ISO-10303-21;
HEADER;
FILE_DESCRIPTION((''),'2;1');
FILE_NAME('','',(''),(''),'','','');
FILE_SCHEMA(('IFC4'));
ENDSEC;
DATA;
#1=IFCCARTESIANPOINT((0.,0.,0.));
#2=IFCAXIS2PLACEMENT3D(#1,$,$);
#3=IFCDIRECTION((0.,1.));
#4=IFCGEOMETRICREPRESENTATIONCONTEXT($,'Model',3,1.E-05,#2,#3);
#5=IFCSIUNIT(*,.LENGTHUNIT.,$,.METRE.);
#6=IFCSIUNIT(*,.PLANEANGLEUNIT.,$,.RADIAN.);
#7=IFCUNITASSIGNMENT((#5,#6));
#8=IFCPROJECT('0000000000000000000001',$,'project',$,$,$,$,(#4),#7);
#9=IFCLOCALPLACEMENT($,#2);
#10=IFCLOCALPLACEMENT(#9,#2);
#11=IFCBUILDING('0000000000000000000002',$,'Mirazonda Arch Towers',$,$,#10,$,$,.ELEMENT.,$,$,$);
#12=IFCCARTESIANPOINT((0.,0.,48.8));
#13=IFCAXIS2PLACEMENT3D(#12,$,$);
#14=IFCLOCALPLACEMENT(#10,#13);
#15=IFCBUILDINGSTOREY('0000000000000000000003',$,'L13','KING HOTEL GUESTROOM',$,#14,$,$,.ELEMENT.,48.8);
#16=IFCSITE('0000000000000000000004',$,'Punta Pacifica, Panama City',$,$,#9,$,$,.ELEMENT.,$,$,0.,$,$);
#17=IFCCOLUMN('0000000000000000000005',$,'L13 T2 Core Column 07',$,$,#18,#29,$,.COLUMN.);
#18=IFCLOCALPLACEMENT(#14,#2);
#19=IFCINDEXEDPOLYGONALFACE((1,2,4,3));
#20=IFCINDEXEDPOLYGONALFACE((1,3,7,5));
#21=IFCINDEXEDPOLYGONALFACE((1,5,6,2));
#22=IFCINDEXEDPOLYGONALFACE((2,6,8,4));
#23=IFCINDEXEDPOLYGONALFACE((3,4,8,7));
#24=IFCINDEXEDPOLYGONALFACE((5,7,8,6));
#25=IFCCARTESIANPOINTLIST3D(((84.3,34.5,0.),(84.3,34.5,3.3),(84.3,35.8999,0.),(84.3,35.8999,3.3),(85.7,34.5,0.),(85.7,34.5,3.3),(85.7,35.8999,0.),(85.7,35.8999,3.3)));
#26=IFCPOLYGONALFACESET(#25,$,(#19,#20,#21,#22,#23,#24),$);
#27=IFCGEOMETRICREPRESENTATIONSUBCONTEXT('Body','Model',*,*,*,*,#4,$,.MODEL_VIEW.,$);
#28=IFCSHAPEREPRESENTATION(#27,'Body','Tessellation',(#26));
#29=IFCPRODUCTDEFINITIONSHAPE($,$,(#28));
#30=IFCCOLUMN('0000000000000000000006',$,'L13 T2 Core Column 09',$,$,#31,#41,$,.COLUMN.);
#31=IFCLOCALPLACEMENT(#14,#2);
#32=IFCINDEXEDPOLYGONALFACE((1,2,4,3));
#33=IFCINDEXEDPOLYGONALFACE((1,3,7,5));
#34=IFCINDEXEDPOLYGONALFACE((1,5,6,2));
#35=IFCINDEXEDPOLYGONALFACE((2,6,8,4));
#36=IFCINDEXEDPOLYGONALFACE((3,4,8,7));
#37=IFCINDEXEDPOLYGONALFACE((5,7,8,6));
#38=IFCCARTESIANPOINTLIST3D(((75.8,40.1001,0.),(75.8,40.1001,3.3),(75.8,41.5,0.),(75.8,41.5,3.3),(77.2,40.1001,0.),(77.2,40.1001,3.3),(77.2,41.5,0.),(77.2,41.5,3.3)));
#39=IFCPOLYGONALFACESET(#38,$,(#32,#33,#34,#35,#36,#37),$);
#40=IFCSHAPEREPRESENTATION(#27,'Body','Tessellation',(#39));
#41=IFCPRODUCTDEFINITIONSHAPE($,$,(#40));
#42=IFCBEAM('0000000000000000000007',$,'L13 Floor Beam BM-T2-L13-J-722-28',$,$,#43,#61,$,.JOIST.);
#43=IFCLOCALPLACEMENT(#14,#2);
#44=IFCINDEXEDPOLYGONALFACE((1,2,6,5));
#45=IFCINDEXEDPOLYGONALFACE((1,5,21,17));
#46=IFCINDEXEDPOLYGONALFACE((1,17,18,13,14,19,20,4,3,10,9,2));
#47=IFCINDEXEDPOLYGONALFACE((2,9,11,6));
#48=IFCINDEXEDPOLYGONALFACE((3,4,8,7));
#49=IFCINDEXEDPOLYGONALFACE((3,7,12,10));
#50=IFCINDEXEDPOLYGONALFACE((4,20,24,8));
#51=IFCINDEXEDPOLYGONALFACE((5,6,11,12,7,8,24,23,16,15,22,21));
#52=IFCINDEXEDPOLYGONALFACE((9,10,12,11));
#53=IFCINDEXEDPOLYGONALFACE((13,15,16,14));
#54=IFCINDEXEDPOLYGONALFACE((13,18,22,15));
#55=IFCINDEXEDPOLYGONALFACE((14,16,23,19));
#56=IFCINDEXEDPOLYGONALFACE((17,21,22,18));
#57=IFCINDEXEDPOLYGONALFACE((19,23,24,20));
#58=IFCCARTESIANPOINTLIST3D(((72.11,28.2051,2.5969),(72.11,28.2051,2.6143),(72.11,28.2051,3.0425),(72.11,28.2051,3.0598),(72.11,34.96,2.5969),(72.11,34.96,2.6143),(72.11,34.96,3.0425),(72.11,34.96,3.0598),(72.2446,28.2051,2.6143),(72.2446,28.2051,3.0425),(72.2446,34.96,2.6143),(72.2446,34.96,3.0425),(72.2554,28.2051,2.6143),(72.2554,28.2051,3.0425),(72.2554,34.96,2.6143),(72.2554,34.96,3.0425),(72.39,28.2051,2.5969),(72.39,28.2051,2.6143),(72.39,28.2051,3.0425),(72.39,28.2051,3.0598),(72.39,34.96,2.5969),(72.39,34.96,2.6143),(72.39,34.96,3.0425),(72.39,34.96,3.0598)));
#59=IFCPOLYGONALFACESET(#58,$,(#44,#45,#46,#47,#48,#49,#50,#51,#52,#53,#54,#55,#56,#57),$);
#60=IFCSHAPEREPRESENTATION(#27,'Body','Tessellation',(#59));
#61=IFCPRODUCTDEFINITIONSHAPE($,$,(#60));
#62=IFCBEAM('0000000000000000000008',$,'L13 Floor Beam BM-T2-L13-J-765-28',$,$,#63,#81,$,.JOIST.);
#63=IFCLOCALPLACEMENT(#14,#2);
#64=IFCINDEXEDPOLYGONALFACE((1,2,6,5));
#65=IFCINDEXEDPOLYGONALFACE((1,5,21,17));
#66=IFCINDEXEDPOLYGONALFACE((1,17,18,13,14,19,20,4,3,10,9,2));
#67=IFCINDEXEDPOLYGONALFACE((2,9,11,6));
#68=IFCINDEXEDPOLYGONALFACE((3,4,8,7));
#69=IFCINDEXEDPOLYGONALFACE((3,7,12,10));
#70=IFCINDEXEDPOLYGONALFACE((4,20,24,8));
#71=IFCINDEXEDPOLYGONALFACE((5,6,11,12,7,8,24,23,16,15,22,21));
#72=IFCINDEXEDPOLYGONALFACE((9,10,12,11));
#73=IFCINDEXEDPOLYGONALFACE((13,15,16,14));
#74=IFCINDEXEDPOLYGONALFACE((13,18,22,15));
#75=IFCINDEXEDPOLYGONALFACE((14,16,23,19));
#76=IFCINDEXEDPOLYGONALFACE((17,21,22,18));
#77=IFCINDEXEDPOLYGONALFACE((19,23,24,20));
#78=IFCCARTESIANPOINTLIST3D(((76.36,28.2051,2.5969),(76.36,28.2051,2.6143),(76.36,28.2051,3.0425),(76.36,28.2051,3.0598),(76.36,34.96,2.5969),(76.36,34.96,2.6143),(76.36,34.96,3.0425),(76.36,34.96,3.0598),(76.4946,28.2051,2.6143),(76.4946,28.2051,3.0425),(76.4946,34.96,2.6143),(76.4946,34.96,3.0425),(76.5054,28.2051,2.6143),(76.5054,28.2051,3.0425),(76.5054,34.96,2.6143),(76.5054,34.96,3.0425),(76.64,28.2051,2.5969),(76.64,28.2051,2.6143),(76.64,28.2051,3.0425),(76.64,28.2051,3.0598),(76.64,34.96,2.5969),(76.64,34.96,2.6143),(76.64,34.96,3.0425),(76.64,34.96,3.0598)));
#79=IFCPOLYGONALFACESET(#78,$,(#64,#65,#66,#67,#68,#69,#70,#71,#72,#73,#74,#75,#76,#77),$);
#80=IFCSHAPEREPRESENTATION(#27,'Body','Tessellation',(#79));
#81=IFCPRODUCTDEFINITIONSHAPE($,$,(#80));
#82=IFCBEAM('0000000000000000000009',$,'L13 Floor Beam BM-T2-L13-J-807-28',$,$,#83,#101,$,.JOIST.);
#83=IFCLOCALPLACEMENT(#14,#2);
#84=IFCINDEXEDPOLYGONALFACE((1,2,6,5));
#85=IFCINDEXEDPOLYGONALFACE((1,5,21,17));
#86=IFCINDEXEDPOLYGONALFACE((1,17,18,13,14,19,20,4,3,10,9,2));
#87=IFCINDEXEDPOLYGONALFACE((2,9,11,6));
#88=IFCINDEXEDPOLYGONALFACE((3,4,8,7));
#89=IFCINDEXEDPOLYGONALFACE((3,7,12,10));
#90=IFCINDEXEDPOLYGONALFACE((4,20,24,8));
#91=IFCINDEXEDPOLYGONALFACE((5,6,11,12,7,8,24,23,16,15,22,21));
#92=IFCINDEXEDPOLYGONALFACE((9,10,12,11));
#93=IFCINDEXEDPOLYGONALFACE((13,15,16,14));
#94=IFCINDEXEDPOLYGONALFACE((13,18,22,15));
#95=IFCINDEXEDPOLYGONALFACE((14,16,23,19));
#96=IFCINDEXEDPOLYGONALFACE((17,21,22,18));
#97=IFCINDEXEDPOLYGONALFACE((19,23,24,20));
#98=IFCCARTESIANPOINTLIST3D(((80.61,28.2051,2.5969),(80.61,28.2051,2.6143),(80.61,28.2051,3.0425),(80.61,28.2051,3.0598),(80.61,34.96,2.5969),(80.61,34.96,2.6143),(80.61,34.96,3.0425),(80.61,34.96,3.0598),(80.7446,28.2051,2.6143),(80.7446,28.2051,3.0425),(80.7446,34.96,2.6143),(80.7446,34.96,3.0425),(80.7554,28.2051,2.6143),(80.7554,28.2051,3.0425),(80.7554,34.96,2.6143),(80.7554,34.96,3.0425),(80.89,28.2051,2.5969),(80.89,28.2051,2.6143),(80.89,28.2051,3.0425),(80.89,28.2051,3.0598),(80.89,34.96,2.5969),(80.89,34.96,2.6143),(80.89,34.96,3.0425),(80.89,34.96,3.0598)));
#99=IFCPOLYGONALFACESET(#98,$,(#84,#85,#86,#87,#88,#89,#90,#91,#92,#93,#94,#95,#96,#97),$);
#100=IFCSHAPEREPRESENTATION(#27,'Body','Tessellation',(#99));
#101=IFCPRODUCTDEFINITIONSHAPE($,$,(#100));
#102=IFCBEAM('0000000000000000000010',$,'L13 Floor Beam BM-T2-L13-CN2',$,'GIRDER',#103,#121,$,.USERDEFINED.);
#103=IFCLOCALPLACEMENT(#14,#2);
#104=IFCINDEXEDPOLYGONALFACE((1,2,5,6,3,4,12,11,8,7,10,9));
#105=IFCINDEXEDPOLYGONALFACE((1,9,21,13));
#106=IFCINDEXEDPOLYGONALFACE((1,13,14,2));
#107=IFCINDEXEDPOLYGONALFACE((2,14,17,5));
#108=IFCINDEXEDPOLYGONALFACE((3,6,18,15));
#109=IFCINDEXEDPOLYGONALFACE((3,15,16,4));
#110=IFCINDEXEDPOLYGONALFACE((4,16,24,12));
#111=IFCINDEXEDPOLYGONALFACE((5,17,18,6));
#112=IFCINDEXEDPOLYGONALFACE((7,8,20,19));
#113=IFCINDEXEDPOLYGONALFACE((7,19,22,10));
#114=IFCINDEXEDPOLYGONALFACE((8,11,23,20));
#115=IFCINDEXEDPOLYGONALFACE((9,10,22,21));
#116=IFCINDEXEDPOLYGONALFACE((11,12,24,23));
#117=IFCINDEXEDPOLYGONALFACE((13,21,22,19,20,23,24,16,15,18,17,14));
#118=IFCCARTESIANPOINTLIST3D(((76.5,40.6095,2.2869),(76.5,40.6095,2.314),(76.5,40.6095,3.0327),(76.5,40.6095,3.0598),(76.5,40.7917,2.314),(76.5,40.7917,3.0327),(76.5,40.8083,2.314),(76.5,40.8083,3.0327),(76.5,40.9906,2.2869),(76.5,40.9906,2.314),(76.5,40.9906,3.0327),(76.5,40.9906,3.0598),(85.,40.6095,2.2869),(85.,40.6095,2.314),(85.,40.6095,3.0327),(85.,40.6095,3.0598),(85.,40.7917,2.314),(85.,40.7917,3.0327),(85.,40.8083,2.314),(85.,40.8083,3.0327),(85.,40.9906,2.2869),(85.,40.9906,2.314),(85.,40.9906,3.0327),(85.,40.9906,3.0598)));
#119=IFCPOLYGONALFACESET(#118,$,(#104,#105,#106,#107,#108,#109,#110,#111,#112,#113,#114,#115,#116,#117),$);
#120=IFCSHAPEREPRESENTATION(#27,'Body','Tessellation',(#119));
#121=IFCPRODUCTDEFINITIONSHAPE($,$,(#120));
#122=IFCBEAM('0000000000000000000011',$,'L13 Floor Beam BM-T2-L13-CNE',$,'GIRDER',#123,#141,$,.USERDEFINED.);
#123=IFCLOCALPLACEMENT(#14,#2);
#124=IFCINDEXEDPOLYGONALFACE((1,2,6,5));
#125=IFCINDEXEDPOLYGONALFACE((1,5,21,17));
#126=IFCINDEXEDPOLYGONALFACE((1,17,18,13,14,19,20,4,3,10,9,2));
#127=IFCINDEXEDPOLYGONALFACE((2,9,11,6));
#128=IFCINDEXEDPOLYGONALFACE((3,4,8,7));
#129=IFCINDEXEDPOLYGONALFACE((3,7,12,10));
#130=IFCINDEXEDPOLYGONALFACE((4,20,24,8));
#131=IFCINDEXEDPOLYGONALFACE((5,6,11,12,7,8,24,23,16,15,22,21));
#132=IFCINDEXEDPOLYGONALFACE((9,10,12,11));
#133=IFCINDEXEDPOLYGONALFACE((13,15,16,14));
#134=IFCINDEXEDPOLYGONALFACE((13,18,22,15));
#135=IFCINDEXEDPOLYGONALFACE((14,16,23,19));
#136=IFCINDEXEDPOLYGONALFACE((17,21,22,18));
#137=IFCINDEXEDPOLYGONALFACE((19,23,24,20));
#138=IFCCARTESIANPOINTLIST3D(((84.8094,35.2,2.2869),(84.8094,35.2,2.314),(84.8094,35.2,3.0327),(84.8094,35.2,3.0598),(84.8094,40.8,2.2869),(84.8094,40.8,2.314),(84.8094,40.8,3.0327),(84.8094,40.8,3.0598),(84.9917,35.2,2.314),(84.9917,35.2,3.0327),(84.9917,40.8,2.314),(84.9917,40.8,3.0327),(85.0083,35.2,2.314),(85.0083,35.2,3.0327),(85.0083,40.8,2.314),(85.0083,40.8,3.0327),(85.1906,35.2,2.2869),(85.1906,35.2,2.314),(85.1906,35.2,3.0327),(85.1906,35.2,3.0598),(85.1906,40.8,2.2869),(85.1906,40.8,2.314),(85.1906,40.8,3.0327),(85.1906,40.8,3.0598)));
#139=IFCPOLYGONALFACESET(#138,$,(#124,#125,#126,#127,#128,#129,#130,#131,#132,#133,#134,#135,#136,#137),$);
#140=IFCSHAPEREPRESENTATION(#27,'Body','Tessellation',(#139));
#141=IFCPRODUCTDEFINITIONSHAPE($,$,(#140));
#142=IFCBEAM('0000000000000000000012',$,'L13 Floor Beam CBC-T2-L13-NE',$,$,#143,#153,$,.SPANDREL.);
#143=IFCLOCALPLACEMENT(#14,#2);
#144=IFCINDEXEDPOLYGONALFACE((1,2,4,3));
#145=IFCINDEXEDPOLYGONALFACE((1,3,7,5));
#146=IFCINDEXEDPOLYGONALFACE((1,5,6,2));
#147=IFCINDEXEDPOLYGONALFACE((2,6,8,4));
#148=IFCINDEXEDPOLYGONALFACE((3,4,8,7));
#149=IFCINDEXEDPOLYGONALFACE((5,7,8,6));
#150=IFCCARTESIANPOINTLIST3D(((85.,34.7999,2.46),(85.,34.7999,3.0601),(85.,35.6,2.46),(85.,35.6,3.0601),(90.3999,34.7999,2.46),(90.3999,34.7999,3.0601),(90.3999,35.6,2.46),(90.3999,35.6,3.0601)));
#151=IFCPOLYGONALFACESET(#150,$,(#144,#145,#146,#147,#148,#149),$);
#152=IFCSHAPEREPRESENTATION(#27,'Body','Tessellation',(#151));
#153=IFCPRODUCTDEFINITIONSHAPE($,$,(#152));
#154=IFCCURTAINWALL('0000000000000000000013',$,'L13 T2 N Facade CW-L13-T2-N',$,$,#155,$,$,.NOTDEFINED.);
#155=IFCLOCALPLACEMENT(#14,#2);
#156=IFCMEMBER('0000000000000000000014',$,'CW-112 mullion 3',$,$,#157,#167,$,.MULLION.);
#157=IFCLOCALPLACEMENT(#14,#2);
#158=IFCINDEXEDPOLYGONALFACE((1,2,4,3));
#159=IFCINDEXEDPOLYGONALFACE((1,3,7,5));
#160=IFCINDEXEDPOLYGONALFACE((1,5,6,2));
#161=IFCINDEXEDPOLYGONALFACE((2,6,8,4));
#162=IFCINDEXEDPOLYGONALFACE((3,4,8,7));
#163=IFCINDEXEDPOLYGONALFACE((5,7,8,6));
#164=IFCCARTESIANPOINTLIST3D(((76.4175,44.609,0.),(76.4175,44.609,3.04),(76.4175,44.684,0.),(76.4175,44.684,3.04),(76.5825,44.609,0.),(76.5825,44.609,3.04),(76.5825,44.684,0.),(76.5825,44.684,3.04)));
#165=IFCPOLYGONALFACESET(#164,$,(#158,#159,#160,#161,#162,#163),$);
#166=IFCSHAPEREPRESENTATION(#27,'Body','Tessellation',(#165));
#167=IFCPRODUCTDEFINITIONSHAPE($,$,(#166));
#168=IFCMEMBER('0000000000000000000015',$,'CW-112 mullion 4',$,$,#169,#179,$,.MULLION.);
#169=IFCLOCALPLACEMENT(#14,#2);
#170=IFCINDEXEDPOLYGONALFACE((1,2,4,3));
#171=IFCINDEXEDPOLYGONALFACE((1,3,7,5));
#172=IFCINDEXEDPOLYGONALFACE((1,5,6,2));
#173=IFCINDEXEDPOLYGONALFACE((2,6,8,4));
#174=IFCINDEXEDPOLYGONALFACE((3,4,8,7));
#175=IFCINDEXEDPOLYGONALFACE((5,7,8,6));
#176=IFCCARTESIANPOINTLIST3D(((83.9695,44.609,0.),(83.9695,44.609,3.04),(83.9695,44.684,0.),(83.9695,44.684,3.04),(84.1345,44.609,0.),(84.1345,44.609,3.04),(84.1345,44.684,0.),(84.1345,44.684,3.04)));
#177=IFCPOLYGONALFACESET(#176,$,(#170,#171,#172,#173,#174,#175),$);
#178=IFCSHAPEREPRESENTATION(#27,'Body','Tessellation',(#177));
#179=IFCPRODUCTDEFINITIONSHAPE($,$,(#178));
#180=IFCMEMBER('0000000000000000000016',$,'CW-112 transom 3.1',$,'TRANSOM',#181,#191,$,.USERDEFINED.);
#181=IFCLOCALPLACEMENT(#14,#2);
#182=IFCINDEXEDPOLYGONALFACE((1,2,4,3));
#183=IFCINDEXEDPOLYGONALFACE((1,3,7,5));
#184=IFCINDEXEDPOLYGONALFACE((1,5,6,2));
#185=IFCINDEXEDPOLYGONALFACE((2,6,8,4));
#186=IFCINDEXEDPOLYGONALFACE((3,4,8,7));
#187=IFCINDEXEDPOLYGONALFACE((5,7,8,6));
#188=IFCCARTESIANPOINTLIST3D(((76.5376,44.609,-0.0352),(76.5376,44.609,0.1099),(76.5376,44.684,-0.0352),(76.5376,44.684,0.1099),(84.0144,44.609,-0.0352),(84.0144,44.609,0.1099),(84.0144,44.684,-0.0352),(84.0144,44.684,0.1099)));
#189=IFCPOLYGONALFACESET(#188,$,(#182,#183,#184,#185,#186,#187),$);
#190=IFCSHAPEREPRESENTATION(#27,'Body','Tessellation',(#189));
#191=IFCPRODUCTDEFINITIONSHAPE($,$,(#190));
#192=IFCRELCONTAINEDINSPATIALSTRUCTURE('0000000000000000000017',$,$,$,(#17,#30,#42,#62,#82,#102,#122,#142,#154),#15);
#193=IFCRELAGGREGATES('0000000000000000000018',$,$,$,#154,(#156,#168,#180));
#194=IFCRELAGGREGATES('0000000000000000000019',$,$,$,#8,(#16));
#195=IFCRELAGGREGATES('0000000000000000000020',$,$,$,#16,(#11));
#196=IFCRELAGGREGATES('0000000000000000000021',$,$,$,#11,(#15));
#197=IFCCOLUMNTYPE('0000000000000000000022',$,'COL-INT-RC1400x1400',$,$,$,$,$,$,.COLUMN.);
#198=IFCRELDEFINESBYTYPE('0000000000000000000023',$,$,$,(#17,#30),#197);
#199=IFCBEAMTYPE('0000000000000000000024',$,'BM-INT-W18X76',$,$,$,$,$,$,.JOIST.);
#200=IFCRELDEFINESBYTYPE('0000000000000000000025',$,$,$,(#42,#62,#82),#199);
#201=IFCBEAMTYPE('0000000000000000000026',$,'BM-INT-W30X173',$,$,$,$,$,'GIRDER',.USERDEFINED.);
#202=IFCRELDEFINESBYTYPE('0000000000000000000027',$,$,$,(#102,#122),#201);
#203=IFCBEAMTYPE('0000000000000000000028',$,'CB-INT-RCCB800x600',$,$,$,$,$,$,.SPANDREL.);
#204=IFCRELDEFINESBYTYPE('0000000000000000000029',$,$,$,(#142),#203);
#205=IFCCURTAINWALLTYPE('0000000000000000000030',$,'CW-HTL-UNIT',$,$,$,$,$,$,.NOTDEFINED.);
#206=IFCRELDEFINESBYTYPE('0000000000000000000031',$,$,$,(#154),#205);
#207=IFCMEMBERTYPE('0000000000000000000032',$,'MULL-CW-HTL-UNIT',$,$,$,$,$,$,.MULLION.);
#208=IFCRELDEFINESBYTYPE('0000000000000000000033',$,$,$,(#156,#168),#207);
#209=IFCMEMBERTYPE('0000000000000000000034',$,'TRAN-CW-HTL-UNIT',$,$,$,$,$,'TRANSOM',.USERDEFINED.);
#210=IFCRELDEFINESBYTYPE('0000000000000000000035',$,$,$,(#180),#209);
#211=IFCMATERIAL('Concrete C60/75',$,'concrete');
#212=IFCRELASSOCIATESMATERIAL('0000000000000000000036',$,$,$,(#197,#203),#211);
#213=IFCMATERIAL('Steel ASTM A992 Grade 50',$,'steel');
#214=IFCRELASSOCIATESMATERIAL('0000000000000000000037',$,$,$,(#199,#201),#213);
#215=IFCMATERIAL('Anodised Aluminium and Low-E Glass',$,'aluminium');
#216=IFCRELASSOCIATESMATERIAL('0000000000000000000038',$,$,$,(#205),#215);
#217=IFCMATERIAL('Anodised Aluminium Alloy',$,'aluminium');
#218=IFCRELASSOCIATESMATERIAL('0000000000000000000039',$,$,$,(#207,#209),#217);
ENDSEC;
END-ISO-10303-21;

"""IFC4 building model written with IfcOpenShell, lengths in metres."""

from ifc_helpers import new_model, si_unit, direction, frame, origin, origin_2d, place, context, subcontext, project, spatial, rectangle, i_section, extrude, material, material_profile, profile_set, type_object, element, aggregate, save


model = new_model("IFC4")

# Units and contexts
model_context = context("Model", 3, precision=1e-05, world=origin(), true_north=direction((0.0, 1.0)))
body_context = subcontext(model_context, "Body", "Model", "MODEL_VIEW")
ifc_project = project(units=[si_unit("LENGTHUNIT", "METRE"), si_unit("PLANEANGLEUNIT", "RADIAN")], contexts=[model_context])

# Site, building, storey
site_placement = place(None, origin())
site = spatial("IfcSite", under=ifc_project, at=site_placement, Name="Punta Pacifica, Panama City", CompositionType="ELEMENT", RefElevation=0.0)
building_placement = place(site_placement, origin())
building = spatial("IfcBuilding", under=site, at=building_placement, Name="Mirazonda Arch Towers", CompositionType="ELEMENT")
storey_placement = place(building_placement, frame((0.0, 0.0, 48.8)))
storey = spatial("IfcBuildingStorey", under=building, at=storey_placement, Name="L13", Description="KING HOTEL GUESTROOM", CompositionType="ELEMENT", Elevation=48.8)

# Columns
ifc_material_1 = material(Name="Concrete C60/75", Category="concrete")
ifc_material_profile_1 = material_profile(ifc_material_1, rectangle(XDim=1.3999, YDim=1.3999, at=origin_2d()), Name="RC1400x1400")
ifc_profile_set_1 = profile_set([ifc_material_profile_1], Name="Concrete C60/75")
column_type = type_object("IfcColumnType", Name="COL-INT-RC1400x1400", PredefinedType="COLUMN", material=ifc_profile_set_1)
for number, where, z_axis, x_axis, name in (
    (1, (85.0, 35.2, 0.0), (0.0, 0.0, 1.0), (1.0, 0.0, 0.0), "L13 T2 Core Column 07"),
    (2, (76.5, 40.8, 0.0), (0.0, 0.0, 1.0), (1.0, 0.0, 0.0), "L13 T2 Core Column 09"),
):
    element("IfcColumn", number, at=place(storey_placement, frame(where, z_axis=z_axis, x_axis=x_axis)), inside=storey, type_object=column_type, Name=name, PredefinedType="COLUMN", context=body_context, shape_type="SweptSolid", body=[
        extrude(rectangle(XDim=1.3999, YDim=1.3999, at=origin_2d()), origin(), (0.0, 0.0, 1.0), 3.3),
    ])

# Beams
ifc_material_2 = material(Name="Steel ASTM A992 Grade 50", Category="steel")
ifc_material_profile_2 = material_profile(ifc_material_2, i_section(OverallWidth=0.28, OverallDepth=0.4629, WebThickness=0.0107, FlangeThickness=0.0173, at=origin_2d()), Name="W18X76")
ifc_profile_set_2 = profile_set([ifc_material_profile_2], Name="Steel ASTM A992 Grade 50")
beam_type_1 = type_object("IfcBeamType", Name="BM-INT-W18X76", PredefinedType="JOIST", material=ifc_profile_set_2)
for number, where, z_axis, x_axis, name in (
    (3, (72.25, 28.2051, 2.8284), (0.0, 1.0, 0.0), (-1.0, 0.0, 0.0), "L13 Floor Beam BM-T2-L13-J-722-28"),
    (4, (76.5, 28.2051, 2.8284), (0.0, 1.0, 0.0), (-1.0, 0.0, 0.0), "L13 Floor Beam BM-T2-L13-J-765-28"),
    (5, (80.75, 28.2051, 2.8284), (0.0, 1.0, 0.0), (-1.0, 0.0, 0.0), "L13 Floor Beam BM-T2-L13-J-807-28"),
):
    element("IfcBeam", number, at=place(storey_placement, frame(where, z_axis=z_axis, x_axis=x_axis)), inside=storey, type_object=beam_type_1, Name=name, PredefinedType="JOIST", context=body_context, shape_type="SweptSolid", body=[
        extrude(i_section(OverallWidth=0.28, OverallDepth=0.4629, WebThickness=0.0107, FlangeThickness=0.0173, at=origin_2d()), origin(), (0.0, 0.0, 1.0), 6.7549),
    ])
ifc_material_profile_3 = material_profile(ifc_material_2, i_section(OverallWidth=0.3811, OverallDepth=0.7729, WebThickness=0.0166, FlangeThickness=0.0271, at=origin_2d()), Name="W30X173")
ifc_profile_set_3 = profile_set([ifc_material_profile_3], Name="Steel ASTM A992 Grade 50")
beam_type_2 = type_object("IfcBeamType", Name="BM-INT-W30X173", ElementType="GIRDER", PredefinedType="USERDEFINED", material=ifc_profile_set_3)
beam_1_placement = place(storey_placement, frame((76.5, 40.8, 2.6733), z_axis=(1.0, 0.0, 0.0), x_axis=(0.0, 1.0, 0.0)))
element("IfcBeam", 6, at=beam_1_placement, inside=storey, type_object=beam_type_2, Name="L13 Floor Beam BM-T2-L13-CN2", ObjectType="GIRDER", PredefinedType="USERDEFINED", context=body_context, shape_type="SweptSolid", body=[
    extrude(i_section(OverallWidth=0.3811, OverallDepth=0.7729, WebThickness=0.0166, FlangeThickness=0.0271, at=origin_2d()), origin(), (0.0, 0.0, 1.0), 8.5),
])
beam_2_placement = place(storey_placement, frame((85.0, 35.2, 2.6733), z_axis=(0.0, 1.0, 0.0), x_axis=(-1.0, 0.0, 0.0)))
element("IfcBeam", 7, at=beam_2_placement, inside=storey, type_object=beam_type_2, Name="L13 Floor Beam BM-T2-L13-CNE", ObjectType="GIRDER", PredefinedType="USERDEFINED", context=body_context, shape_type="SweptSolid", body=[
    extrude(i_section(OverallWidth=0.3811, OverallDepth=0.7729, WebThickness=0.0166, FlangeThickness=0.0271, at=origin_2d()), origin(), (0.0, 0.0, 1.0), 5.6001),
])
ifc_material_profile_4 = material_profile(ifc_material_1, rectangle(XDim=0.8, YDim=0.6001, at=origin_2d()), Name="RCCB800x600")
ifc_profile_set_4 = profile_set([ifc_material_profile_4], Name="Concrete C60/75")
beam_type_3 = type_object("IfcBeamType", Name="CB-INT-RCCB800x600", PredefinedType="SPANDREL", material=ifc_profile_set_4)
beam_3_placement = place(storey_placement, frame((85.0, 35.2, 2.76), z_axis=(1.0, 0.0, 0.0), x_axis=(0.0, 1.0, 0.0)))
element("IfcBeam", 8, at=beam_3_placement, inside=storey, type_object=beam_type_3, Name="L13 Floor Beam CBC-T2-L13-NE", PredefinedType="SPANDREL", context=body_context, shape_type="SweptSolid", body=[
    extrude(rectangle(XDim=0.8, YDim=0.6001, at=origin_2d()), origin(), (0.0, 0.0, 1.0), 5.3999),
])

# Curtain wall, members
ifc_material_3 = material(Name="Anodised Aluminium and Low-E Glass", Category="aluminium")
curtain_wall_type = type_object("IfcCurtainWallType", Name="CW-HTL-UNIT", PredefinedType="NOTDEFINED", material=ifc_material_3)
curtain_wall_placement = place(storey_placement, origin())
curtain_wall = element("IfcCurtainWall", 9, at=curtain_wall_placement, inside=storey, type_object=curtain_wall_type, Name="L13 T2 N Facade CW-L13-T2-N", PredefinedType="NOTDEFINED")
ifc_material_4 = material(Name="Anodised Aluminium Alloy", Category="aluminium")
ifc_material_profile_5 = material_profile(ifc_material_4, rectangle(XDim=0.075, YDim=0.165, at=origin_2d()), Name="ALU-MULL-75x165")
ifc_profile_set_5 = profile_set([ifc_material_profile_5], Name="Anodised Aluminium Alloy")
member_type_1 = type_object("IfcMemberType", Name="MULL-CW-HTL-UNIT", PredefinedType="MULLION", material=ifc_profile_set_5)
member_1_placement = place(storey_placement, frame((76.5, 44.6465, 0.0), z_axis=(0.0, 0.0, 1.0), x_axis=(0.0, 1.0, 0.0)))
member_1 = element("IfcMember", 10, at=member_1_placement, type_object=member_type_1, Name="CW-112 mullion 3", PredefinedType="MULLION", context=body_context, shape_type="SweptSolid", body=[
    extrude(rectangle(XDim=0.075, YDim=0.165, at=origin_2d()), origin(), (0.0, 0.0, 1.0), 3.04),
])
member_2_placement = place(storey_placement, frame((84.052, 44.6465, 0.0), z_axis=(0.0, 0.0, 1.0), x_axis=(0.0, 1.0, 0.0)))
member_2 = element("IfcMember", 11, at=member_2_placement, type_object=member_type_1, Name="CW-112 mullion 4", PredefinedType="MULLION", context=body_context, shape_type="SweptSolid", body=[
    extrude(rectangle(XDim=0.075, YDim=0.165, at=origin_2d()), origin(), (0.0, 0.0, 1.0), 3.04),
])
ifc_material_profile_6 = material_profile(ifc_material_4, rectangle(XDim=0.075, YDim=0.145, at=origin_2d()), Name="ALU-TRAN-75x145")
ifc_profile_set_6 = profile_set([ifc_material_profile_6], Name="Anodised Aluminium Alloy")
member_type_2 = type_object("IfcMemberType", Name="TRAN-CW-HTL-UNIT", ElementType="TRANSOM", PredefinedType="USERDEFINED", material=ifc_profile_set_6)
member_3_placement = place(storey_placement, frame((76.5376, 44.6465, 0.0374), z_axis=(1.0, 0.0, 0.0), x_axis=(0.0, 1.0, 0.0)))
member_3 = element("IfcMember", 12, at=member_3_placement, type_object=member_type_2, Name="CW-112 transom 3.1", ObjectType="TRANSOM", PredefinedType="USERDEFINED", context=body_context, shape_type="SweptSolid", body=[
    extrude(rectangle(XDim=0.075, YDim=0.145, at=origin_2d()), origin(), (0.0, 0.0, 1.0), 7.4768),
])
aggregate(curtain_wall, [member_1, member_2, member_3])

save(model, "model.ifc")
